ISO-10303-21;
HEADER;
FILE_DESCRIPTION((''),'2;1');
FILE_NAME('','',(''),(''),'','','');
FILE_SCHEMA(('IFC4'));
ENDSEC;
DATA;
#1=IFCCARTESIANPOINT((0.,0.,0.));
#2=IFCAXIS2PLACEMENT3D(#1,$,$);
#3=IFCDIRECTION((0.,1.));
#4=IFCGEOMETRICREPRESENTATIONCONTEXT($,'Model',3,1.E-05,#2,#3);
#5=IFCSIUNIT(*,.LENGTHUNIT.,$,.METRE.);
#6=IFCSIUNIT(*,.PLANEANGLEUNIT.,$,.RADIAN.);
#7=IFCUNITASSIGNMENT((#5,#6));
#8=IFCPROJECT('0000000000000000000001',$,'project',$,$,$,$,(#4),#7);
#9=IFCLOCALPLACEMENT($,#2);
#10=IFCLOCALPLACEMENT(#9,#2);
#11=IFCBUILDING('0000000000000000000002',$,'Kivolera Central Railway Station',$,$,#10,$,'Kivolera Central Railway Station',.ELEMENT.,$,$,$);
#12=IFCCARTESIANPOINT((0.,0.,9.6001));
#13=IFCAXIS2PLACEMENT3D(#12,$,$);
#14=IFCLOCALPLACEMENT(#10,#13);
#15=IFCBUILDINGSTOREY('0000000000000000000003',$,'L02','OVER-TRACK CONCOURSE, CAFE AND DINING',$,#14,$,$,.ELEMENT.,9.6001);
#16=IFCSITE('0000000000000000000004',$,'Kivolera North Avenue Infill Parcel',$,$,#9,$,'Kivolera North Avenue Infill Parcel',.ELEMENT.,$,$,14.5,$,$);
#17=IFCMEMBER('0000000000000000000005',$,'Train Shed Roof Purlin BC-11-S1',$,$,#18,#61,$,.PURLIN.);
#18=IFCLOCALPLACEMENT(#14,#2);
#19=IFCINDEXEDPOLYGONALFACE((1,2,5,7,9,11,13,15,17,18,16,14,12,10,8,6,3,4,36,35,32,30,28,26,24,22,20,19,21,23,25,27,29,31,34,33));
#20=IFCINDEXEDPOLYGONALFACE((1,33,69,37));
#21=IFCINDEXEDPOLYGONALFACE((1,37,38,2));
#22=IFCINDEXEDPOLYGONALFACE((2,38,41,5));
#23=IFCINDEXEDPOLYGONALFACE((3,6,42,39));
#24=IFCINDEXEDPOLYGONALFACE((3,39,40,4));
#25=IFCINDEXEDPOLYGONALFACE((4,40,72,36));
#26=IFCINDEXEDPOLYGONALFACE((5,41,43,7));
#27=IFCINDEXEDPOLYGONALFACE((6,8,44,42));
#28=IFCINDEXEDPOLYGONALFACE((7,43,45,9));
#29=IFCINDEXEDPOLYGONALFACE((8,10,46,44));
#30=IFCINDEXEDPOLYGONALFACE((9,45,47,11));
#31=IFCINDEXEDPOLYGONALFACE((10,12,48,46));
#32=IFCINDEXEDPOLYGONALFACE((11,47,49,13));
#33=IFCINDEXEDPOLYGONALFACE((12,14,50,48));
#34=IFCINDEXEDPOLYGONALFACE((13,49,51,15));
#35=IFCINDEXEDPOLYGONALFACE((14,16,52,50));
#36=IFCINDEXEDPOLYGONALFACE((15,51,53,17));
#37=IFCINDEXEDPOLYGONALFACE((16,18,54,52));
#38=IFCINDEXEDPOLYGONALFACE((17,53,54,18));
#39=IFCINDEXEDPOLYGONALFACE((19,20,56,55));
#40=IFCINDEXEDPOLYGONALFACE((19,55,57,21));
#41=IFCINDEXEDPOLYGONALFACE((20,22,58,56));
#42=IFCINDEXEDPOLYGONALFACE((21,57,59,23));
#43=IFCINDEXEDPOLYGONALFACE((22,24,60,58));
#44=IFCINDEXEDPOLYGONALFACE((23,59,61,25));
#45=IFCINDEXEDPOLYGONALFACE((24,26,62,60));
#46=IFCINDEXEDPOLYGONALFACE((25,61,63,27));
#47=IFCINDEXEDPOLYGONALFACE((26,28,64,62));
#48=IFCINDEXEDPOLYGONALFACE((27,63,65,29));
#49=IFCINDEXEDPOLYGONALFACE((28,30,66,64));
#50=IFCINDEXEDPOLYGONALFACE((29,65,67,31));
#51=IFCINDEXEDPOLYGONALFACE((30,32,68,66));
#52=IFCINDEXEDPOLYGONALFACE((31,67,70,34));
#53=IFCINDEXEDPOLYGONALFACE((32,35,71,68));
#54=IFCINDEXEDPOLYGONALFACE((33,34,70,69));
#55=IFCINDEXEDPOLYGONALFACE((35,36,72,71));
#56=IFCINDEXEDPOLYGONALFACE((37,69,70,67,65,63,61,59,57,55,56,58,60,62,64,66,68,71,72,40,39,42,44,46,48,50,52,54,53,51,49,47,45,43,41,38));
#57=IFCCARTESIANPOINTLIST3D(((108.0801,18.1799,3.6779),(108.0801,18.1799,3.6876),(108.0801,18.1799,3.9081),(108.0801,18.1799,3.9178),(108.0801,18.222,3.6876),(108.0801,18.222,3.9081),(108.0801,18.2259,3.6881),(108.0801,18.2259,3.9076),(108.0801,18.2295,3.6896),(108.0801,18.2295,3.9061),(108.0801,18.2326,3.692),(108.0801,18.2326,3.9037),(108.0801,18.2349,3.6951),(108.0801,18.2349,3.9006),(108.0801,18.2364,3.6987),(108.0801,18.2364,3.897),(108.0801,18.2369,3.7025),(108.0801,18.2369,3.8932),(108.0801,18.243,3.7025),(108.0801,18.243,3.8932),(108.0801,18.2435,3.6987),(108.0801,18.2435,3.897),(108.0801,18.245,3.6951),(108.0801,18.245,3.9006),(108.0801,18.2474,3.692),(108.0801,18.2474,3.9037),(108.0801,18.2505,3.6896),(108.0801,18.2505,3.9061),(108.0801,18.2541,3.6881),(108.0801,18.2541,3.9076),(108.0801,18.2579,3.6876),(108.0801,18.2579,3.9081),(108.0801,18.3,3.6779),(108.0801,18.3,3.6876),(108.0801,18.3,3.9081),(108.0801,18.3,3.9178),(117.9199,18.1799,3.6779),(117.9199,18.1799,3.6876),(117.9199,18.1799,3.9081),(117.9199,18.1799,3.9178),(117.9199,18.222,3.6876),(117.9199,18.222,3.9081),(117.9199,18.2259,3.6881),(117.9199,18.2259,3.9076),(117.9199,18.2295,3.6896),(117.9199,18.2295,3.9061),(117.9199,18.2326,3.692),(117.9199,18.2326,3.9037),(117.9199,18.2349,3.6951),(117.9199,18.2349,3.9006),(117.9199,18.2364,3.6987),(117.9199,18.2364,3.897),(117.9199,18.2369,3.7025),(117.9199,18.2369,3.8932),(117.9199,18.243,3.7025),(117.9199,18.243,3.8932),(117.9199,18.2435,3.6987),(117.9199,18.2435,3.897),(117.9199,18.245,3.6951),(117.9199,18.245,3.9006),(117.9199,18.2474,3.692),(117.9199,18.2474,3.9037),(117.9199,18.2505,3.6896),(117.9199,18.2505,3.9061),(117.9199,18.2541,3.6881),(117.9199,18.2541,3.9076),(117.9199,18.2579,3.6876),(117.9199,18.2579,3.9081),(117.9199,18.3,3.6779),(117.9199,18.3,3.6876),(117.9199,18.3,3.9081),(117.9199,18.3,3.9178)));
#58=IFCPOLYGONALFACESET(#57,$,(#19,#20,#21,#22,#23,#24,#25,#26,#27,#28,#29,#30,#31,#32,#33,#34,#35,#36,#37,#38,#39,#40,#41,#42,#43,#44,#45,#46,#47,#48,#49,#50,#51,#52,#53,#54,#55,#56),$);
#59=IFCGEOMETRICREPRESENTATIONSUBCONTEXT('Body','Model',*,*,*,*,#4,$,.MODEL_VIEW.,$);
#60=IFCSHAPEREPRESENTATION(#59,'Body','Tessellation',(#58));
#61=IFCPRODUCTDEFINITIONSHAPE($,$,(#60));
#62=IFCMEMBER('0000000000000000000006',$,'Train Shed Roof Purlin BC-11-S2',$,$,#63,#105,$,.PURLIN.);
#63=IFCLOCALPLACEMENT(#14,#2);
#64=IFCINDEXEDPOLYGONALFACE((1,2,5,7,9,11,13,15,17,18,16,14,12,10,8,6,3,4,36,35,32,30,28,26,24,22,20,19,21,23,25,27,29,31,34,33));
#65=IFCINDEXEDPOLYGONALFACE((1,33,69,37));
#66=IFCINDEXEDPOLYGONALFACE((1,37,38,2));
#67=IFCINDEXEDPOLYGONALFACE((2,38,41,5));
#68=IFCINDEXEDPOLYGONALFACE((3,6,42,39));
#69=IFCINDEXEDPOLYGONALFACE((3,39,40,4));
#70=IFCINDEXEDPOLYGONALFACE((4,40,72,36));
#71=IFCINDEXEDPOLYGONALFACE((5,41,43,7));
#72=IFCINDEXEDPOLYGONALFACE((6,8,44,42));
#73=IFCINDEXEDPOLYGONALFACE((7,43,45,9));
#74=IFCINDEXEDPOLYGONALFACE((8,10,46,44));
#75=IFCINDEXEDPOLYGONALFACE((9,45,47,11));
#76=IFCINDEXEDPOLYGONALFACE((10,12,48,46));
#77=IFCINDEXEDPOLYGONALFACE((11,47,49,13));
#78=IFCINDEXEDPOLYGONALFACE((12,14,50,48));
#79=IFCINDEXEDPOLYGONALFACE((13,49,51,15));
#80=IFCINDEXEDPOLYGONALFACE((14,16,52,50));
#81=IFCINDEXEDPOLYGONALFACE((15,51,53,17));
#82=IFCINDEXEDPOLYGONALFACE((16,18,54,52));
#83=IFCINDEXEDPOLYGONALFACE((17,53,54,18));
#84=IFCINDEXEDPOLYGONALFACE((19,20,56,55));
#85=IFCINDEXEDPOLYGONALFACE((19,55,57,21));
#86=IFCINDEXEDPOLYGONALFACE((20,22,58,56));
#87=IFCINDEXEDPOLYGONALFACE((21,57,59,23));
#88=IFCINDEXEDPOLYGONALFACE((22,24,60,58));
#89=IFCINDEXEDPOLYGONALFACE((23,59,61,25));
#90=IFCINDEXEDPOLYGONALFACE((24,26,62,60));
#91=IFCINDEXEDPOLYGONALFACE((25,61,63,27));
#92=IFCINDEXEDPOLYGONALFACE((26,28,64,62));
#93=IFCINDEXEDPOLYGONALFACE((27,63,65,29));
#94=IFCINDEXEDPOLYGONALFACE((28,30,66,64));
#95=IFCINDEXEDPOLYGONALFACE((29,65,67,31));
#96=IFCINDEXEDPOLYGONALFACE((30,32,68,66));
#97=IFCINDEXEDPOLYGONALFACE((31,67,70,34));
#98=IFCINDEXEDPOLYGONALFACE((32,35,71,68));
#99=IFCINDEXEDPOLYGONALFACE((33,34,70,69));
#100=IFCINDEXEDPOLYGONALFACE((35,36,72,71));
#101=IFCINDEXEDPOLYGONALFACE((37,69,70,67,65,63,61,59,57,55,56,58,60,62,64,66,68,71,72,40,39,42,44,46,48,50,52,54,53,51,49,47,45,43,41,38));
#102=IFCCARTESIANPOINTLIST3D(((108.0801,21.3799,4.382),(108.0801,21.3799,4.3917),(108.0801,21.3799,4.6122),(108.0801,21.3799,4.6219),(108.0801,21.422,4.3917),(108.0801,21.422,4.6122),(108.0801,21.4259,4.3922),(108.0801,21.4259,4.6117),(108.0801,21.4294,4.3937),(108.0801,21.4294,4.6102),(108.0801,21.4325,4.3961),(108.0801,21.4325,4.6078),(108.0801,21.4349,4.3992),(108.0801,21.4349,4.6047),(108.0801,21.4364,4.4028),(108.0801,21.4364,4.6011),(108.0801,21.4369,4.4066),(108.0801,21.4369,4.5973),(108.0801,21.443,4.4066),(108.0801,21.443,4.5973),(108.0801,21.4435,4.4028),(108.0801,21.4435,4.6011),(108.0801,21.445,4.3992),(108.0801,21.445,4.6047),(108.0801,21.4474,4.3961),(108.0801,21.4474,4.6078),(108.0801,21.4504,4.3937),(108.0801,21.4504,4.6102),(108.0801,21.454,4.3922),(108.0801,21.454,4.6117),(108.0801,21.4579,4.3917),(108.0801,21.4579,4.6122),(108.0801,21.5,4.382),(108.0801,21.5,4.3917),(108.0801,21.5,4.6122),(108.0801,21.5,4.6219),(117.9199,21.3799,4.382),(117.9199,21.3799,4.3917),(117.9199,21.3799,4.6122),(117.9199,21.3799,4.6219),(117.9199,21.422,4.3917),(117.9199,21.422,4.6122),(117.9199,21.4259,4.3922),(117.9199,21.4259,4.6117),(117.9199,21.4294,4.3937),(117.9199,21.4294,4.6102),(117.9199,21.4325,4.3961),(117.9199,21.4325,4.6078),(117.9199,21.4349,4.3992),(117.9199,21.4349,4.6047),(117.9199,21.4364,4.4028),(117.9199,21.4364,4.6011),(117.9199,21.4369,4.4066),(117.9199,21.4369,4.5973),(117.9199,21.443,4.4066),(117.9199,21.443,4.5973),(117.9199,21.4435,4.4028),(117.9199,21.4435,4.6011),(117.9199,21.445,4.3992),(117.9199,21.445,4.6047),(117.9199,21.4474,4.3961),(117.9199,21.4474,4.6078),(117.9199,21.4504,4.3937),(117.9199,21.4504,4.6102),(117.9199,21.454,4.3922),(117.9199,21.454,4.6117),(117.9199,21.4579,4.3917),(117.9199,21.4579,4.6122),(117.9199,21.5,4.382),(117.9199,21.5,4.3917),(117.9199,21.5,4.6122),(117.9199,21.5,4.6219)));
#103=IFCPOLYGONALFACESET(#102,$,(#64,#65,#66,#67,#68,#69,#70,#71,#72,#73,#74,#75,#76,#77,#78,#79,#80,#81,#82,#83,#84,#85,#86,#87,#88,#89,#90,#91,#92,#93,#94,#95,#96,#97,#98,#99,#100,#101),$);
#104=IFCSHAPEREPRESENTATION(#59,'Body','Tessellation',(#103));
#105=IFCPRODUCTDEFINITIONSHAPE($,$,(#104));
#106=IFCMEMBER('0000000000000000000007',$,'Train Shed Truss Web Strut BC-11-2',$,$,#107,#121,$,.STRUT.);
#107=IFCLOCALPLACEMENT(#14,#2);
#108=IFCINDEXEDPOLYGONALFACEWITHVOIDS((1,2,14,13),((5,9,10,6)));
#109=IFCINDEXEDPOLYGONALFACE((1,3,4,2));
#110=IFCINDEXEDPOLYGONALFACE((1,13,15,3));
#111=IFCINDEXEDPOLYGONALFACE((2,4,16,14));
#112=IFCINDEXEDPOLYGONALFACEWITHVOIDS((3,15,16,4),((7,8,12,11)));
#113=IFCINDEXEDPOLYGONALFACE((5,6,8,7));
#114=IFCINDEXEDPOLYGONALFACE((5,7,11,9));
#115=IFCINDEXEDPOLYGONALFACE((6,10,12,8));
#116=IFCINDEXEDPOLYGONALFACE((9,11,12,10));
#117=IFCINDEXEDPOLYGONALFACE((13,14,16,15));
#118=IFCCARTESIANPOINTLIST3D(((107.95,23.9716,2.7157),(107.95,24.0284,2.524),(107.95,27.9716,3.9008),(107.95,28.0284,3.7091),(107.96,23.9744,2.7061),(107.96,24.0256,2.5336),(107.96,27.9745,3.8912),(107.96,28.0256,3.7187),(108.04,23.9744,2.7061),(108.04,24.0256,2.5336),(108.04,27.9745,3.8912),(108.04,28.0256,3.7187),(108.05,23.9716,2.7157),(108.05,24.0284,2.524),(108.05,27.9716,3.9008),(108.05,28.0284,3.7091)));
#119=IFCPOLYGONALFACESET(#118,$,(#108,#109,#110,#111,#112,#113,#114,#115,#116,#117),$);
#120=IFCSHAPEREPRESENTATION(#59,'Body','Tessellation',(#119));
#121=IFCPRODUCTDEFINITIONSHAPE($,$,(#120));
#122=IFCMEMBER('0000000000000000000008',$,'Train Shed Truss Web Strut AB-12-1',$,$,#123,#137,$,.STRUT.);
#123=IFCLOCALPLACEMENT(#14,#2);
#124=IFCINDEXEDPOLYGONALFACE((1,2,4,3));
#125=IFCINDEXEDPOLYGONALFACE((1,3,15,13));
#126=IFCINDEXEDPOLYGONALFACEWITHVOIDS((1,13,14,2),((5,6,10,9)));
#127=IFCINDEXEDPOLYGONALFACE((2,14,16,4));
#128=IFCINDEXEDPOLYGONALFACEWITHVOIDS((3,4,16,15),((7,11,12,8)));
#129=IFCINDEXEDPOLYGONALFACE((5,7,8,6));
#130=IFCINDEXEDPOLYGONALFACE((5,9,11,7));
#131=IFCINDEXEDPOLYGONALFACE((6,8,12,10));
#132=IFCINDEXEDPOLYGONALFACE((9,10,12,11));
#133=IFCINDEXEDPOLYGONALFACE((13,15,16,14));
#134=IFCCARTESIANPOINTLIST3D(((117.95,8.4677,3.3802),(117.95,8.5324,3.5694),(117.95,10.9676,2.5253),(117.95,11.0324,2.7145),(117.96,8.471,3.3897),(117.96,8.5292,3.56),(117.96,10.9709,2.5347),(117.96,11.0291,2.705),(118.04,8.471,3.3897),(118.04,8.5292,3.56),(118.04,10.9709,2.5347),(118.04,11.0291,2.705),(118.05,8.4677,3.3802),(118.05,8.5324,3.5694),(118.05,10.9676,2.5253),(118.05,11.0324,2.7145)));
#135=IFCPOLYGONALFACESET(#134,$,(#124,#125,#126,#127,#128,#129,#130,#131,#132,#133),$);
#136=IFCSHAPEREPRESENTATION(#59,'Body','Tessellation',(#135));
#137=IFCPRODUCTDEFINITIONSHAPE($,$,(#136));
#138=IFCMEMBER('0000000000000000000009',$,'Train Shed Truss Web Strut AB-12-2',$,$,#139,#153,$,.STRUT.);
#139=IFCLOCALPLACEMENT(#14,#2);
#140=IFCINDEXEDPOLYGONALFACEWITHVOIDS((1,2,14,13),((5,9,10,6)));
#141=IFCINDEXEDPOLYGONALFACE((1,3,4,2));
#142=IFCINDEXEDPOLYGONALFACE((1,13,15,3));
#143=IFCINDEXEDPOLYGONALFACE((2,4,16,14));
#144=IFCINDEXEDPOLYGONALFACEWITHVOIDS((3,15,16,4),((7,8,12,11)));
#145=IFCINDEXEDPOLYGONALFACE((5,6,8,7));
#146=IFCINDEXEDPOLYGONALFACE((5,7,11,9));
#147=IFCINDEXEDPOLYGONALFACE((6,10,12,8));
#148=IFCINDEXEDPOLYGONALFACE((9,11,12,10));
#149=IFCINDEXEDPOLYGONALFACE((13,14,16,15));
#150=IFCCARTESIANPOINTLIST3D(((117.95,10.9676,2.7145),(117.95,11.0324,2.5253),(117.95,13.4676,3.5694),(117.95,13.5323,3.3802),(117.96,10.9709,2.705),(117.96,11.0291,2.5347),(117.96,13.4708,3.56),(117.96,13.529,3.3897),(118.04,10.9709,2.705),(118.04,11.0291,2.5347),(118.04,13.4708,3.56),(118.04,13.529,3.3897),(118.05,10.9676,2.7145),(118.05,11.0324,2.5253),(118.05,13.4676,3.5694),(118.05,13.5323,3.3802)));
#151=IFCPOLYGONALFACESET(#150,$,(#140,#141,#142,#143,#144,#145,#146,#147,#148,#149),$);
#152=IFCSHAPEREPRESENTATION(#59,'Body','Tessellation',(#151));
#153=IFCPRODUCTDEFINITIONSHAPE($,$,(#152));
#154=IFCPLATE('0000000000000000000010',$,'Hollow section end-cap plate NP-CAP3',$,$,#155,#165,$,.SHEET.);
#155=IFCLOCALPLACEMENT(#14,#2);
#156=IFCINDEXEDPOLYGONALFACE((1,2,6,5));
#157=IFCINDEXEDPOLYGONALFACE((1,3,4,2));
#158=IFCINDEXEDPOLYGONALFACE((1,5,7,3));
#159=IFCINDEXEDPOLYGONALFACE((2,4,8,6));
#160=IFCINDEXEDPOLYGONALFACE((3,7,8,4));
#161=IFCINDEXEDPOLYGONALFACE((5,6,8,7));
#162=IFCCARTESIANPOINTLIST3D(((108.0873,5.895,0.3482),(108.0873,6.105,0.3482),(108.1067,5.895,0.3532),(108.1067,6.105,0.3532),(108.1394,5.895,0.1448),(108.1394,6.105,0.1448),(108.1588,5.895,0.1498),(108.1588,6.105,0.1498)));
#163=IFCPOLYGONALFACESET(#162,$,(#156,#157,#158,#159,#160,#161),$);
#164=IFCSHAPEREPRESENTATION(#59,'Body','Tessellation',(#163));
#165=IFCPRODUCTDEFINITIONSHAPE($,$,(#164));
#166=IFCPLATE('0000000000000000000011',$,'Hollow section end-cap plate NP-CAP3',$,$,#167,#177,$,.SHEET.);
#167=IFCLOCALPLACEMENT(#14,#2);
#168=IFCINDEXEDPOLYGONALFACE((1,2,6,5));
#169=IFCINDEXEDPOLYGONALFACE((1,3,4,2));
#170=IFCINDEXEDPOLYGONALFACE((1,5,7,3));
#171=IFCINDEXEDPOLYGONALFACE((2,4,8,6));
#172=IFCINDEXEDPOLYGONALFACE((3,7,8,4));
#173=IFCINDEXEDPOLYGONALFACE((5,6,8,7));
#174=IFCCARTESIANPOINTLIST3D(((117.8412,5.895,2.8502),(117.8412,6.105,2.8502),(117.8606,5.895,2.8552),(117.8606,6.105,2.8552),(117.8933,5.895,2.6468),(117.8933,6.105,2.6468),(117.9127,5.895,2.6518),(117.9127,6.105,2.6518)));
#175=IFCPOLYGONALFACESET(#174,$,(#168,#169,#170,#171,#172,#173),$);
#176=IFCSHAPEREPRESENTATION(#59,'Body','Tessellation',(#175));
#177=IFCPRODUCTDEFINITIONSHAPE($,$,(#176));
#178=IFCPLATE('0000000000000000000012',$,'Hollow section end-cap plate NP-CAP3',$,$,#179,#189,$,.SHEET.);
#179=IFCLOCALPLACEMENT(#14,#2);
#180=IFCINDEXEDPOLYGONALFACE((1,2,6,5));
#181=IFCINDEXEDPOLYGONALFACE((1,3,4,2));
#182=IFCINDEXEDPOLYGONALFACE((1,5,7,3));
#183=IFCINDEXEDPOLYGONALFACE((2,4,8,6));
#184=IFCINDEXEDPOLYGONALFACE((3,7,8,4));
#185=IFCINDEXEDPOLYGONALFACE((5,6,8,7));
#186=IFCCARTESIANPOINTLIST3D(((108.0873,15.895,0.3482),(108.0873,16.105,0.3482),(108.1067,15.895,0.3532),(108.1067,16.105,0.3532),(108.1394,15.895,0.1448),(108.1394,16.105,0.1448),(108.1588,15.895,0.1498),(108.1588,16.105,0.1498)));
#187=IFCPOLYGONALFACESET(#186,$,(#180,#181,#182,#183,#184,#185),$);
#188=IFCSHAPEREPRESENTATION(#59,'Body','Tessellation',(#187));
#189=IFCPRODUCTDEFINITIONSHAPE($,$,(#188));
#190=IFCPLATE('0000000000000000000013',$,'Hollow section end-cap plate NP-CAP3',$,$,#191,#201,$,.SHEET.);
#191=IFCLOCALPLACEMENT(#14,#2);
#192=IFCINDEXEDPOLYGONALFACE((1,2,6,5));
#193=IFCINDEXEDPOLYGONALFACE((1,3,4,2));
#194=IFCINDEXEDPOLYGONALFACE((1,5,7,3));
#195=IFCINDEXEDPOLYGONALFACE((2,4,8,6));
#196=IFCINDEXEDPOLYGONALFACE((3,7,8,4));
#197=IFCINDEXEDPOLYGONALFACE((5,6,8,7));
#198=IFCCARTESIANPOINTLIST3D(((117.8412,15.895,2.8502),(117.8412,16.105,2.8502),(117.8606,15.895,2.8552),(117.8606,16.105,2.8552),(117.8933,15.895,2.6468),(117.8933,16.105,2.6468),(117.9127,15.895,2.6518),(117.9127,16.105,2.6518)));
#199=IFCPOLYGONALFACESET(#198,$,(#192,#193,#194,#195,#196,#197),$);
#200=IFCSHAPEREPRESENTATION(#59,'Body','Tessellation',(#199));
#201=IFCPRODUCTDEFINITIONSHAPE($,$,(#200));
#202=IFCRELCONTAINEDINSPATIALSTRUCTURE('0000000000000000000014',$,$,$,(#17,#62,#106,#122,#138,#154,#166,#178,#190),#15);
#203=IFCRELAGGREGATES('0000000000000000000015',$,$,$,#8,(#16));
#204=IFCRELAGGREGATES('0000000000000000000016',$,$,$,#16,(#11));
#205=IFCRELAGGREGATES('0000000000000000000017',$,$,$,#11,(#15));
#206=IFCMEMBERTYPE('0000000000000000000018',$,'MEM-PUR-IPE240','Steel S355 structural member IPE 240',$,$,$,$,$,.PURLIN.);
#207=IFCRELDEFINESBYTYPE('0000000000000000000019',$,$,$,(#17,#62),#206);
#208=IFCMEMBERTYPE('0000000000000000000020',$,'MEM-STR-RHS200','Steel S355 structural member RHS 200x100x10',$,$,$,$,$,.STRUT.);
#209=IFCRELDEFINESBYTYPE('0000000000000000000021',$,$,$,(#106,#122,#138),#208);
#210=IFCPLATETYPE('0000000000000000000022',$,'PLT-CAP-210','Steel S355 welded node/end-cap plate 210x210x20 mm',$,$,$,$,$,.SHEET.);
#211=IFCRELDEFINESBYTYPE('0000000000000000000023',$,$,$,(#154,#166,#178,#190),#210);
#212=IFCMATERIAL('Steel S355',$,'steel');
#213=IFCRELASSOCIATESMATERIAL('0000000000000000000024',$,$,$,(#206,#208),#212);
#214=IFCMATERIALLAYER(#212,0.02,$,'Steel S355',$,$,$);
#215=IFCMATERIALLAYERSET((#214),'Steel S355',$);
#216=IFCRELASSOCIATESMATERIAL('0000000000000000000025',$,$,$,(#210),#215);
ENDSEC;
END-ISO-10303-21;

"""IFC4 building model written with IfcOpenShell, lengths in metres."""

from ifc_helpers import new_model, si_unit, direction, frame, origin, origin_2d, place, context, subcontext, project, spatial, rectangle, hollow_rectangle, i_section, extrude, material, layer, layer_set, material_profile, profile_set, type_object, element, save


model = new_model("IFC4")

# Units and contexts
model_context = context("Model", 3, precision=1e-05, world=origin(), true_north=direction((0.0, 1.0)))
body_context = subcontext(model_context, "Body", "Model", "MODEL_VIEW")
ifc_project = project(units=[si_unit("LENGTHUNIT", "METRE"), si_unit("PLANEANGLEUNIT", "RADIAN")], contexts=[model_context])

# Site, building, storey
site_placement = place(None, origin())
site = spatial("IfcSite", under=ifc_project, at=site_placement, Name="Kivolera North Avenue Infill Parcel", LongName="Kivolera North Avenue Infill Parcel", CompositionType="ELEMENT", RefElevation=14.5)
building_placement = place(site_placement, origin())
building = spatial("IfcBuilding", under=site, at=building_placement, Name="Kivolera Central Railway Station", LongName="Kivolera Central Railway Station", CompositionType="ELEMENT")
storey_placement = place(building_placement, frame((0.0, 0.0, 9.6001)))
storey = spatial("IfcBuildingStorey", under=building, at=storey_placement, Name="L02", Description="OVER-TRACK CONCOURSE, CAFE AND DINING", CompositionType="ELEMENT", Elevation=9.6001)

# Shared definitions
ifc_material_1 = material(Name="Steel S355", Category="steel")

# Members
ifc_material_profile_1 = material_profile(ifc_material_1, i_section(OverallWidth=0.1201, OverallDepth=0.24, WebThickness=0.0061, FlangeThickness=0.0098, FilletRadius=0.0149, at=origin_2d()), Name="IPE 240")
ifc_profile_set_1 = profile_set([ifc_material_profile_1], Name="Steel S355")
member_type_1 = type_object("IfcMemberType", Name="MEM-PUR-IPE240", Description="Steel S355 structural member IPE 240", PredefinedType="PURLIN", material=ifc_profile_set_1)
for number, where, z_axis, x_axis, name in (
    (1, (108.0801, 18.24, 3.7979), (1.0, 0.0, 0.0), (0.0, 1.0, 0.0), "Train Shed Roof Purlin BC-11-S1"),
    (2, (108.0801, 21.4399, 4.502), (1.0, 0.0, 0.0), (0.0, 1.0, 0.0), "Train Shed Roof Purlin BC-11-S2"),
):
    element("IfcMember", number, at=place(storey_placement, frame(where, z_axis=z_axis, x_axis=x_axis)), inside=storey, type_object=member_type_1, Name=name, PredefinedType="PURLIN", context=body_context, shape_type="SweptSolid", body=[
        extrude(i_section(OverallWidth=0.1201, OverallDepth=0.24, WebThickness=0.0061, FlangeThickness=0.0098, FilletRadius=0.0149, at=origin_2d()), origin(), (0.0, 0.0, 1.0), 9.8398),
    ])
ifc_material_profile_2 = material_profile(ifc_material_1, hollow_rectangle(XDim=0.1001, YDim=0.2, WallThickness=0.01, at=origin_2d()), Name="RHS 200x100x10")
ifc_profile_set_2 = profile_set([ifc_material_profile_2], Name="Steel S355")
member_type_2 = type_object("IfcMemberType", Name="MEM-STR-RHS200", Description="Steel S355 structural member RHS 200x100x10", PredefinedType="STRUT", material=ifc_profile_set_2)
member_1_placement = place(storey_placement, frame((108.0, 24.0, 2.6199), z_axis=(0.0, 0.958806, 0.28406), x_axis=(-1.0, 0.0, 0.0)))
element("IfcMember", 3, at=member_1_placement, inside=storey, type_object=member_type_2, Name="Train Shed Truss Web Strut BC-11-2", PredefinedType="STRUT", context=body_context, shape_type="SweptSolid", body=[
    extrude(hollow_rectangle(XDim=0.1001, YDim=0.2, WallThickness=0.01, at=origin_2d()), origin(), (0.0, 0.0, 1.0), 4.1719),
])
for number, where, z_axis, x_axis, name in (
    (4, (118.0, 11.0, 2.6199), (0.0, -0.946197, 0.323592), (1.0, 0.0, 0.0), "Train Shed Truss Web Strut AB-12-1"),
    (5, (118.0, 11.0, 2.6199), (0.0, 0.946197, 0.323592), (-1.0, 0.0, 0.0), "Train Shed Truss Web Strut AB-12-2"),
):
    element("IfcMember", number, at=place(storey_placement, frame(where, z_axis=z_axis, x_axis=x_axis)), inside=storey, type_object=member_type_2, Name=name, PredefinedType="STRUT", context=body_context, shape_type="SweptSolid", body=[
        extrude(hollow_rectangle(XDim=0.1001, YDim=0.2, WallThickness=0.01, at=origin_2d()), origin(), (0.0, 0.0, 1.0), 2.6421),
    ])

# Plates
ifc_layer_1 = layer(ifc_material_1, 0.02, Name="Steel S355")
ifc_layer_set_1 = layer_set([ifc_layer_1], Name="Steel S355")
plate_type_1 = type_object("IfcPlateType", Name="PLT-CAP-210", Description="Steel S355 welded node/end-cap plate 210x210x20 mm", PredefinedType="SHEET", material=ifc_layer_set_1)
for number, where, z_axis, x_axis, name in (
    (6, (108.123, 6.0, 0.249), (0.968639, 0.0, 0.248471), (0.0, 1.0, 0.0), "Hollow section end-cap plate NP-CAP3"),
    (7, (117.877, 6.0, 2.751), (0.968639, 0.0, 0.248471), (0.0, 1.0, 0.0), "Hollow section end-cap plate NP-CAP3"),
    (8, (108.123, 16.0, 0.249), (0.968639, 0.0, 0.248471), (0.0, 1.0, 0.0), "Hollow section end-cap plate NP-CAP3"),
    (9, (117.877, 16.0, 2.751), (0.968639, 0.0, 0.248471), (0.0, 1.0, 0.0), "Hollow section end-cap plate NP-CAP3"),
):
    element("IfcPlate", number, at=place(storey_placement, frame(where, z_axis=z_axis, x_axis=x_axis)), inside=storey, type_object=plate_type_1, Name=name, PredefinedType="SHEET", context=body_context, shape_type="SweptSolid", body=[
        extrude(rectangle(XDim=0.21, YDim=0.21, at=origin_2d()), frame((0.0, 0.0, -0.01)), (0.0, 0.0, 1.0), 0.02),
    ])

save(model, "model.ifc")
